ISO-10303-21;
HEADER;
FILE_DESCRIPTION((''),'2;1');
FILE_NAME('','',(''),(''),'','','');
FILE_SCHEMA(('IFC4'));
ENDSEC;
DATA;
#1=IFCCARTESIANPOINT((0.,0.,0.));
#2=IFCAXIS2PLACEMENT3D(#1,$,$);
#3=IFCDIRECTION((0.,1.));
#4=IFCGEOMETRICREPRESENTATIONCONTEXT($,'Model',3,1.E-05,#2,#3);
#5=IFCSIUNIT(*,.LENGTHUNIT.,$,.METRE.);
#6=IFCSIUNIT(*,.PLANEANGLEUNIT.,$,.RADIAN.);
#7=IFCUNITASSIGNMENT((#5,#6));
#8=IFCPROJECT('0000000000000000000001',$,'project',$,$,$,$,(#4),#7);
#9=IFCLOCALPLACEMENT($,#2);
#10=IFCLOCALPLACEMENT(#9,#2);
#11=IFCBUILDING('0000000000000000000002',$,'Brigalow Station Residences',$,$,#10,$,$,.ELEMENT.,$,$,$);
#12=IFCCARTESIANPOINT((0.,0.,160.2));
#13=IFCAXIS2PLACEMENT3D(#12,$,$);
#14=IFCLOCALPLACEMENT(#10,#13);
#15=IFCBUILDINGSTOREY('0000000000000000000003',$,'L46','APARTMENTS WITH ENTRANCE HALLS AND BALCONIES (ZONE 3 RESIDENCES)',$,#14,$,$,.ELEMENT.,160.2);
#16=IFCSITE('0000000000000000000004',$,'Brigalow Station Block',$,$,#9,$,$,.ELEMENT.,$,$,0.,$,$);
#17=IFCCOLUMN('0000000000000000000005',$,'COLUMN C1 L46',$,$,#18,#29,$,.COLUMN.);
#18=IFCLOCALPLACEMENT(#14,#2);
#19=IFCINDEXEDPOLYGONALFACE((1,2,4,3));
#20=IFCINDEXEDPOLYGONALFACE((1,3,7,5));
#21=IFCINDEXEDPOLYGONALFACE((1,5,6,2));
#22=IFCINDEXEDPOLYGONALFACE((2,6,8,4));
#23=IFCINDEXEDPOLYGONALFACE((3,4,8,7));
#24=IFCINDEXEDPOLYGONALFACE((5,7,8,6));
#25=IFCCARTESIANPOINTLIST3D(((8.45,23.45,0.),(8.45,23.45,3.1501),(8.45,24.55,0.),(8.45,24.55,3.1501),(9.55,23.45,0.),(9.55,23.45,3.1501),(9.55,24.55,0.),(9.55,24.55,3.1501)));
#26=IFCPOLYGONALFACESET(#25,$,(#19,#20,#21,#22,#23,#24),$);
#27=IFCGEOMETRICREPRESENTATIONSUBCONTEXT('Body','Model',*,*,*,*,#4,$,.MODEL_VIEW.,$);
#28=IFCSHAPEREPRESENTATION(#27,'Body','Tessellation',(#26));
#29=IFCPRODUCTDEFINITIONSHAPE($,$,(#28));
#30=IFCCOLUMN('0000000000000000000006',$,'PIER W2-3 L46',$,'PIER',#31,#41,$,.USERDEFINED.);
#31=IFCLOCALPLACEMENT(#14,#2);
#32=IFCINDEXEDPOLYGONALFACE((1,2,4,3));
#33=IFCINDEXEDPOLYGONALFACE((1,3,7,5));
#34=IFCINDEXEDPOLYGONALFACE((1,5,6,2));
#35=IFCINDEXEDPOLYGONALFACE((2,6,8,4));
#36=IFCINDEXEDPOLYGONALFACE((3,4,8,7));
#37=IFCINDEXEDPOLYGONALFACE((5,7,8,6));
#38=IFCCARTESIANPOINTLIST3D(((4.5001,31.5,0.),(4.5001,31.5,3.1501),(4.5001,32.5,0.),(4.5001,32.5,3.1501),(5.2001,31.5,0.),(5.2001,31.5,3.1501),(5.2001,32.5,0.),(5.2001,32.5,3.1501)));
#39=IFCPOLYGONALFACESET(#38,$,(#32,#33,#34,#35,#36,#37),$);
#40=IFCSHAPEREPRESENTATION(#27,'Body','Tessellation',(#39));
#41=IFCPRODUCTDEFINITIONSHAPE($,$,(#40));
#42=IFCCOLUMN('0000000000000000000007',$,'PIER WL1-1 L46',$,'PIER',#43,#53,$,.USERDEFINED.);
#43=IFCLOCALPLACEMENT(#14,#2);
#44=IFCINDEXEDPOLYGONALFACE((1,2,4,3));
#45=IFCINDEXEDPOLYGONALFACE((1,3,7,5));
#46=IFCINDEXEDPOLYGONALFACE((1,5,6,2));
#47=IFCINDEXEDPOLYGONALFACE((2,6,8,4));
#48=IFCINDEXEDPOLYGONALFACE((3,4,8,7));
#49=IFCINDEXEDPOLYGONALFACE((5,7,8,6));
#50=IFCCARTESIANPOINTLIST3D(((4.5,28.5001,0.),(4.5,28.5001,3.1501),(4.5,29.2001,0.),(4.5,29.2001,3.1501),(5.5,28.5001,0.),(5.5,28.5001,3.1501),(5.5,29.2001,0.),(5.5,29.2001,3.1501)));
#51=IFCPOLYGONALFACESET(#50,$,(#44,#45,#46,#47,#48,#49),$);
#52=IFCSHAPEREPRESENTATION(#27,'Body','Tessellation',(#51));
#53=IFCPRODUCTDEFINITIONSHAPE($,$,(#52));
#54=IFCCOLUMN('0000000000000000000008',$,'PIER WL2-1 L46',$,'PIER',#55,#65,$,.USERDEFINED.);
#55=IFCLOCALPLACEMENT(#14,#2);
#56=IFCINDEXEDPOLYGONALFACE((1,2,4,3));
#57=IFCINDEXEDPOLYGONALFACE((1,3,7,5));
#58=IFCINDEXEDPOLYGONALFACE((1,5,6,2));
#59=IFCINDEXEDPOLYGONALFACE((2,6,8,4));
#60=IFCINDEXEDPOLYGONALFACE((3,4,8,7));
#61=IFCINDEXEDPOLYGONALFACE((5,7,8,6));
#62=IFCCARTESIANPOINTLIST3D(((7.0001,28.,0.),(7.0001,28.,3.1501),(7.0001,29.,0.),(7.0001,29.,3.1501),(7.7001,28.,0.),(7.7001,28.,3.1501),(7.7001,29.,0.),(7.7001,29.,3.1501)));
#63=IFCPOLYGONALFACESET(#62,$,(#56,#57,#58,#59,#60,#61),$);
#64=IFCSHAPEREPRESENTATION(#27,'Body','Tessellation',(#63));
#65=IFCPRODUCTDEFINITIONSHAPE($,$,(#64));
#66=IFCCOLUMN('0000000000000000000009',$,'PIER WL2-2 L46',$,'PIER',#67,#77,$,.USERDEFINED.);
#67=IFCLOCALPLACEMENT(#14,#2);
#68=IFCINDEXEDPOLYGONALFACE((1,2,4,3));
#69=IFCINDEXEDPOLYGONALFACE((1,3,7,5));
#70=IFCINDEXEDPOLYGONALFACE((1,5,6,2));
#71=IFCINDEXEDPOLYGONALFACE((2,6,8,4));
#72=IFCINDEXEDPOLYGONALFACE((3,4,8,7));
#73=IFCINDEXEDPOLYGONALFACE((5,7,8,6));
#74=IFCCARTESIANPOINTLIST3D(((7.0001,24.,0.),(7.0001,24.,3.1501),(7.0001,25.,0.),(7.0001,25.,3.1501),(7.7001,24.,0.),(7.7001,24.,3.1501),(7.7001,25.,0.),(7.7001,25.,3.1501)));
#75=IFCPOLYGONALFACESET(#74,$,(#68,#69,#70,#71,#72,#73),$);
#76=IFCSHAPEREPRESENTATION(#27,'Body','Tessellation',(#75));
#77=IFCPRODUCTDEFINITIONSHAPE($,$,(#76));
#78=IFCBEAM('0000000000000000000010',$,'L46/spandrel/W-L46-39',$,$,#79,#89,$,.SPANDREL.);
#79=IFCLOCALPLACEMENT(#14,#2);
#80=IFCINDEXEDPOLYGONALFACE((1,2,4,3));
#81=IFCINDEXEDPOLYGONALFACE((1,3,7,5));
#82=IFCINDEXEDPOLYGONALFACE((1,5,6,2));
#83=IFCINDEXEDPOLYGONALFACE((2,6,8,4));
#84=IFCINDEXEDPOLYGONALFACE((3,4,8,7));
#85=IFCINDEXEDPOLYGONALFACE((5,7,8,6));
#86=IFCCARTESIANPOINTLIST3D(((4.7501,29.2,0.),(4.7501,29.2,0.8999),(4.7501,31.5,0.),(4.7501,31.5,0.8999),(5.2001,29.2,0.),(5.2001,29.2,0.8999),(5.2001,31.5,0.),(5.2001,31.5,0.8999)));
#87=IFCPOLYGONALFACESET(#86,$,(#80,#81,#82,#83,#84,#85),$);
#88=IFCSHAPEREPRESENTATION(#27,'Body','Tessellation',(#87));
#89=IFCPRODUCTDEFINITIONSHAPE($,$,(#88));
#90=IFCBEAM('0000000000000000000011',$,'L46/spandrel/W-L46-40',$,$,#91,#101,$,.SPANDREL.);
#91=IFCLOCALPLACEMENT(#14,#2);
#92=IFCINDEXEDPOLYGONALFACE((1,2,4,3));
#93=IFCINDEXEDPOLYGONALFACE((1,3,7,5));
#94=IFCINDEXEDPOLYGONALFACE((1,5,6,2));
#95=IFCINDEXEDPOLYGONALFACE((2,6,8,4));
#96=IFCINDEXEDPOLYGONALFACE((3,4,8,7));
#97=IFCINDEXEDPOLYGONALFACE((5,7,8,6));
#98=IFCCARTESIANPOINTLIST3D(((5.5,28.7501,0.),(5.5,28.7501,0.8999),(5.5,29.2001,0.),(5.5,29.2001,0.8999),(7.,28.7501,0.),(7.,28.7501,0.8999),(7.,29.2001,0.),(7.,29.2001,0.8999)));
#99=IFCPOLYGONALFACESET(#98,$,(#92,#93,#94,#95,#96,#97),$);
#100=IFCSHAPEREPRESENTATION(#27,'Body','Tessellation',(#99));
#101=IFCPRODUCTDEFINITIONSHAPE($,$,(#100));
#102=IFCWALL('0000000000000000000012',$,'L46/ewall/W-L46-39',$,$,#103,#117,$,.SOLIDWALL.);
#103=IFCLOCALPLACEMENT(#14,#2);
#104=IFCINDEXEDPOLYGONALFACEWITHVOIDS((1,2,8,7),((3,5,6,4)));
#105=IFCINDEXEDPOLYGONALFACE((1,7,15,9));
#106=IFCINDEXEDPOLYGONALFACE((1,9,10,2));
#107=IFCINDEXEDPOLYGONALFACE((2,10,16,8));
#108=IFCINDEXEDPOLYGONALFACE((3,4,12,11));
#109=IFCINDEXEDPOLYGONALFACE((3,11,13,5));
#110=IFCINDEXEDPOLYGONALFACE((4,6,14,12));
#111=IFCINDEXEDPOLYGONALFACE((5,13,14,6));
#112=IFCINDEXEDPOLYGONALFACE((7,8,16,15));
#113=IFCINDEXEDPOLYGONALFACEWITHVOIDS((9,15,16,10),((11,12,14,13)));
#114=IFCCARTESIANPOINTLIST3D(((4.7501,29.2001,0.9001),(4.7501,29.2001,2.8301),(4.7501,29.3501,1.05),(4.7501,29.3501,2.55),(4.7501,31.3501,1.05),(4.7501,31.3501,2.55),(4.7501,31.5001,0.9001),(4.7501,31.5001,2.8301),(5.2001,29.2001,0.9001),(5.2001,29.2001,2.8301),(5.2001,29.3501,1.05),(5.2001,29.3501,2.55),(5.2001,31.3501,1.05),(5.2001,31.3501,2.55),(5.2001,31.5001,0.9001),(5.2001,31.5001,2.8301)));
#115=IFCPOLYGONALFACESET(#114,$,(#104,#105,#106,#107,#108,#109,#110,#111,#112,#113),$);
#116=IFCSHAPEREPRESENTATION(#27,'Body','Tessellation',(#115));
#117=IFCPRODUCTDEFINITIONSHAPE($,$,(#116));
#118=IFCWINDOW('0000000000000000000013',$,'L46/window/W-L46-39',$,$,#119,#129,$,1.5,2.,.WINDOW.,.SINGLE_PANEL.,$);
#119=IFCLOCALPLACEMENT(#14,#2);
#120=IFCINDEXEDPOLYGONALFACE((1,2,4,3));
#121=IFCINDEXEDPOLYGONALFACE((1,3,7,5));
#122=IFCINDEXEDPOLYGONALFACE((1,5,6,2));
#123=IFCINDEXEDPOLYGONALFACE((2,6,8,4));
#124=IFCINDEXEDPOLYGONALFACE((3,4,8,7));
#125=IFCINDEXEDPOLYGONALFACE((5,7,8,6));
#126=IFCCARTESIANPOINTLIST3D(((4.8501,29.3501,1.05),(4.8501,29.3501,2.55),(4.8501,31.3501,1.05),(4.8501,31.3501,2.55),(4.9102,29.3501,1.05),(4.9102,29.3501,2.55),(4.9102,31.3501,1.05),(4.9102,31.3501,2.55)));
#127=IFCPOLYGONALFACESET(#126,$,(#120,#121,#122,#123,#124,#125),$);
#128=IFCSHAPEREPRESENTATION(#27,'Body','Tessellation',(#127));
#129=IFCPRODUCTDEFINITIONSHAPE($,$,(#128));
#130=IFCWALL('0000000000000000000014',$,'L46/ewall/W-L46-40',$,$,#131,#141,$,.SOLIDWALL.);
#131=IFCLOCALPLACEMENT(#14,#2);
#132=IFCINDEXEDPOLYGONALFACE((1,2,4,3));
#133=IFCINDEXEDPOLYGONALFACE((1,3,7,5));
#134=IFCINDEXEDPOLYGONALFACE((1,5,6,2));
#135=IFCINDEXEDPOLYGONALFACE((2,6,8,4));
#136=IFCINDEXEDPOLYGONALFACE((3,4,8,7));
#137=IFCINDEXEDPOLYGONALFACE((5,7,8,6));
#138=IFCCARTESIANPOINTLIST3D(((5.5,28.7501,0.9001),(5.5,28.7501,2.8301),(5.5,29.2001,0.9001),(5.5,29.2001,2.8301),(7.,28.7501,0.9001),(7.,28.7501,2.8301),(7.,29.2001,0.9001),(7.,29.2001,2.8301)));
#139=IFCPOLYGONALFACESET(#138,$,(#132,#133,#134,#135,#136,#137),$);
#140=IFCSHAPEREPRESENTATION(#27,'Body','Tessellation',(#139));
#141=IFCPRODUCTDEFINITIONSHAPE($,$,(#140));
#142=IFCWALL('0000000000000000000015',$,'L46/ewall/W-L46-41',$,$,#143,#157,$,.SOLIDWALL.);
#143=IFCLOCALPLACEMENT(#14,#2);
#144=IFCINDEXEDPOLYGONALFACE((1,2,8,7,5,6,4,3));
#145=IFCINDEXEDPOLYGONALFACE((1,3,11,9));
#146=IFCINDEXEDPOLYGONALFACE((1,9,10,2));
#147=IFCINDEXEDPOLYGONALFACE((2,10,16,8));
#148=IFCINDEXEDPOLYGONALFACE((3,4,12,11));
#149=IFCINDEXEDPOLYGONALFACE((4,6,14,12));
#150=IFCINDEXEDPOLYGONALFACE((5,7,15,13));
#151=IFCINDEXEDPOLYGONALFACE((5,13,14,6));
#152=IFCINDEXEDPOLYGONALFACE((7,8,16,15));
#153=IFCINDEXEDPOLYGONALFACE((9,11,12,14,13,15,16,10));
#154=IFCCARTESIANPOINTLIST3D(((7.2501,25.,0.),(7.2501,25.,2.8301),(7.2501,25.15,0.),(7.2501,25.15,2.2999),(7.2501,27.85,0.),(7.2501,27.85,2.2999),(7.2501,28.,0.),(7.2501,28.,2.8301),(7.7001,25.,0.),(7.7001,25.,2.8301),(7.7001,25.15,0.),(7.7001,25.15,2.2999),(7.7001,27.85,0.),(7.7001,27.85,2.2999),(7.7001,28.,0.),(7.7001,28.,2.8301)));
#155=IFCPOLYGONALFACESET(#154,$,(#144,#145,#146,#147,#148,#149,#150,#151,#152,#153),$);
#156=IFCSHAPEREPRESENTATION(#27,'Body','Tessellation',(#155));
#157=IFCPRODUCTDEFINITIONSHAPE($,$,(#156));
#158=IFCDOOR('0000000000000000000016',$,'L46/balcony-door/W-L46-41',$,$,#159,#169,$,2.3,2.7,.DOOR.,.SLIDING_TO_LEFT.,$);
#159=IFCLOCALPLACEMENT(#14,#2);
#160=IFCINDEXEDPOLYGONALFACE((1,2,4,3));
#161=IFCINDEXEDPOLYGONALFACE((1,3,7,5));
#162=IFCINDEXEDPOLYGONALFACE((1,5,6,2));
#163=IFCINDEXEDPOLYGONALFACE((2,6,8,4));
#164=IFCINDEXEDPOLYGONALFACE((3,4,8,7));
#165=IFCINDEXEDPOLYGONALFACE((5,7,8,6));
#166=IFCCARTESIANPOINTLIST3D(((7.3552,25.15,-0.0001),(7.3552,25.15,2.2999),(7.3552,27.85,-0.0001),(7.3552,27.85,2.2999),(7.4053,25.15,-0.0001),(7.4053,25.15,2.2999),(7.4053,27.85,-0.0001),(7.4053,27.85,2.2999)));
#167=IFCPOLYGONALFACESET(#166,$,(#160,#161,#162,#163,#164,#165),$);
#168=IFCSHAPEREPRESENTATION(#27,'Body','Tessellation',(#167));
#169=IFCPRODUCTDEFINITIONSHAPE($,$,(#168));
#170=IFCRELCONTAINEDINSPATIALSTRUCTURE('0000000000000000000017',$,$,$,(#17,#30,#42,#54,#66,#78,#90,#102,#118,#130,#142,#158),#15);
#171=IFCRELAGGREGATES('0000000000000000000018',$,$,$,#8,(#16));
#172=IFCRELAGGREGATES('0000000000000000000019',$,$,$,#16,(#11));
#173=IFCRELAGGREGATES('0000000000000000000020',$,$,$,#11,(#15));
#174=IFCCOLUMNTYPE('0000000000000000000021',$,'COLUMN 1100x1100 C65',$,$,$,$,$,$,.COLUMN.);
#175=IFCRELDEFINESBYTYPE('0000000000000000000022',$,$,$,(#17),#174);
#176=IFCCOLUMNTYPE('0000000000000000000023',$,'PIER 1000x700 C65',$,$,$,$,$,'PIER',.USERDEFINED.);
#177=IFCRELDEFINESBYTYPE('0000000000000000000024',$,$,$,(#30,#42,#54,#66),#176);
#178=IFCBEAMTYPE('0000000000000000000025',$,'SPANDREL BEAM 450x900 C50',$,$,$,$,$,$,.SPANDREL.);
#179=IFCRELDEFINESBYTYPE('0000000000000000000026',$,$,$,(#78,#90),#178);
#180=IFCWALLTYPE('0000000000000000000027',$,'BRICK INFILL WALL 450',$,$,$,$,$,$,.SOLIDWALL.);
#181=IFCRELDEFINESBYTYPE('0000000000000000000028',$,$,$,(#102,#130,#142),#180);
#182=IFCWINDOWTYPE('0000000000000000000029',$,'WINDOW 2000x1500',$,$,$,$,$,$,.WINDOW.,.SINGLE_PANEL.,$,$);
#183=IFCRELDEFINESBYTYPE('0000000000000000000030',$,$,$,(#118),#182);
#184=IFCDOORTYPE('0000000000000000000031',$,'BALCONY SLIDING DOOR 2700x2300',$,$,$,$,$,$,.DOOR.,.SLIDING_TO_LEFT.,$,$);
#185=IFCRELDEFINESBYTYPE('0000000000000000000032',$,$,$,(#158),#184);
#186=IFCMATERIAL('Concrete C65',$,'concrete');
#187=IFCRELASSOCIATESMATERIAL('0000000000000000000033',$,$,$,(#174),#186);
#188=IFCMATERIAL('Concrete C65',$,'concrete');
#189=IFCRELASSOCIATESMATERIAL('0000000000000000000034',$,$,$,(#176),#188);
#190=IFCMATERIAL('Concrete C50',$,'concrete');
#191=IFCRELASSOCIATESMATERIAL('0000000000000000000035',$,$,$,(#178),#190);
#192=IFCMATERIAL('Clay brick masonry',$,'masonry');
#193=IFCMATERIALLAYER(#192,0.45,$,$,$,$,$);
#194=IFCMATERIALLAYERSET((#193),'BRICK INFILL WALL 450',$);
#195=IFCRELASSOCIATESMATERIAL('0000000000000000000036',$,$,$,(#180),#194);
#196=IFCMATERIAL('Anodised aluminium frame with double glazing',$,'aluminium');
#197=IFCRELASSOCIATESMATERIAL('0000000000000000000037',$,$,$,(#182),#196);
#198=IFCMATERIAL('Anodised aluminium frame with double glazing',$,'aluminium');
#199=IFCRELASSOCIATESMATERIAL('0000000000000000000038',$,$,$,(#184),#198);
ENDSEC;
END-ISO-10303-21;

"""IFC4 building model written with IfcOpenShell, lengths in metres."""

from ifc_helpers import new_model, si_unit, direction, frame, frame_2d, origin, origin_2d, place, context, subcontext, project, spatial, rectangle, extrude, material, layer, layer_set, material_profile, profile_set, type_object, element, fill, save


model = new_model("IFC4")

# Units and contexts
model_context = context("Model", 3, precision=1e-05, world=origin(), true_north=direction((0.0, 1.0)))
body_context = subcontext(model_context, "Body", "Model", "MODEL_VIEW")
ifc_project = project(units=[si_unit("LENGTHUNIT", "METRE"), si_unit("PLANEANGLEUNIT", "RADIAN")], contexts=[model_context])

# Site, building, storey
site_placement = place(None, origin())
site = spatial("IfcSite", under=ifc_project, at=site_placement, Name="Brigalow Station Block", CompositionType="ELEMENT", RefElevation=0.0)
building_placement = place(site_placement, origin())
building = spatial("IfcBuilding", under=site, at=building_placement, Name="Brigalow Station Residences", CompositionType="ELEMENT")
storey_placement = place(building_placement, frame((0.0, 0.0, 160.2)))
storey = spatial("IfcBuildingStorey", under=building, at=storey_placement, Name="L46", Description="APARTMENTS WITH ENTRANCE HALLS AND BALCONIES (ZONE 3 RESIDENCES)", CompositionType="ELEMENT", Elevation=160.2)

# Columns
ifc_material_1 = material(Name="Concrete C65", Category="concrete")
ifc_material_profile_1 = material_profile(ifc_material_1, rectangle(XDim=1.1001, YDim=1.1001, at=origin_2d()), Name="RC1100x1100")
ifc_profile_set_1 = profile_set([ifc_material_profile_1], Name="Concrete C65")
column_type_1 = type_object("IfcColumnType", Name="COLUMN 1100x1100 C65", PredefinedType="COLUMN", material=ifc_profile_set_1)
column_placement = place(storey_placement, frame((9.0, 24.0, 0.0), z_axis=(0.0, 0.0, 1.0), x_axis=(1.0, 0.0, 0.0)))
element("IfcColumn", 1, at=column_placement, inside=storey, type_object=column_type_1, Name="COLUMN C1 L46", PredefinedType="COLUMN", context=body_context, shape_type="SweptSolid", body=[
    extrude(rectangle(XDim=1.1001, YDim=1.1001, at=origin_2d()), origin(), (0.0, 0.0, 1.0), 3.1501),
])
ifc_material_2 = material(Name="Concrete C65", Category="concrete")
ifc_material_profile_2 = material_profile(ifc_material_2, rectangle(XDim=1.0, YDim=0.7, at=origin_2d()), Name="RC1000x700")
ifc_profile_set_2 = profile_set([ifc_material_profile_2], Name="Concrete C65")
column_type_2 = type_object("IfcColumnType", Name="PIER 1000x700 C65", ElementType="PIER", PredefinedType="USERDEFINED", material=ifc_profile_set_2)
for number, where, z_axis, x_axis, name in (
    (2, (4.8501, 32.0, 0.0), (0.0, 0.0, 1.0), (0.0, -1.0, 0.0), "PIER W2-3 L46"),
    (3, (5.0, 28.8501, 0.0), (0.0, 0.0, 1.0), (1.0, 0.0, 0.0), "PIER WL1-1 L46"),
    (4, (7.3501, 28.5, 0.0), (0.0, 0.0, 1.0), (0.0, -1.0, 0.0), "PIER WL2-1 L46"),
    (5, (7.3501, 24.5, 0.0), (0.0, 0.0, 1.0), (0.0, -1.0, 0.0), "PIER WL2-2 L46"),
):
    element("IfcColumn", number, at=place(storey_placement, frame(where, z_axis=z_axis, x_axis=x_axis)), inside=storey, type_object=column_type_2, Name=name, ObjectType="PIER", PredefinedType="USERDEFINED", context=body_context, shape_type="SweptSolid", body=[
        extrude(rectangle(XDim=1.0, YDim=0.7, at=origin_2d()), origin(), (0.0, 0.0, 1.0), 3.1501),
    ])

# Beams
ifc_material_3 = material(Name="Concrete C50", Category="concrete")
ifc_material_profile_3 = material_profile(ifc_material_3, rectangle(XDim=0.45, YDim=0.8999, at=origin_2d()), Name="RC450x900")
ifc_profile_set_3 = profile_set([ifc_material_profile_3], Name="Concrete C50")
beam_type = type_object("IfcBeamType", Name="SPANDREL BEAM 450x900 C50", PredefinedType="SPANDREL", material=ifc_profile_set_3)
beam_1_placement = place(storey_placement, frame((4.9751, 31.5, 0.45), z_axis=(0.0, -1.0, 0.0), x_axis=(1.0, 0.0, 0.0)))
element("IfcBeam", 6, at=beam_1_placement, inside=storey, type_object=beam_type, Name="L46/spandrel/W-L46-39", PredefinedType="SPANDREL", context=body_context, shape_type="SweptSolid", body=[
    extrude(rectangle(XDim=0.45, YDim=0.8999, at=origin_2d()), origin(), (0.0, 0.0, 1.0), 2.3),
])
beam_2_placement = place(storey_placement, frame((5.5, 28.9751, 0.45), z_axis=(1.0, 0.0, 0.0), x_axis=(0.0, 1.0, 0.0)))
element("IfcBeam", 7, at=beam_2_placement, inside=storey, type_object=beam_type, Name="L46/spandrel/W-L46-40", PredefinedType="SPANDREL", context=body_context, shape_type="SweptSolid", body=[
    extrude(rectangle(XDim=0.45, YDim=0.8999, at=origin_2d()), origin(), (0.0, 0.0, 1.0), 1.5),
])

# Wall, opening, window
ifc_material_4 = material(Name="Clay brick masonry", Category="masonry")
ifc_layer_1 = layer(ifc_material_4, 0.45)
ifc_layer_set_1 = layer_set([ifc_layer_1], Name="BRICK INFILL WALL 450")
wall_type_1 = type_object("IfcWallType", Name="BRICK INFILL WALL 450", PredefinedType="SOLIDWALL", material=ifc_layer_set_1)
wall_1_placement = place(storey_placement, frame((4.9751, 31.5, 0.9001), z_axis=(0.0, 0.0, 1.0), x_axis=(0.0, -1.0, 0.0)))
wall_1 = element("IfcWall", 8, at=wall_1_placement, inside=storey, type_object=wall_type_1, Name="L46/ewall/W-L46-39", PredefinedType="SOLIDWALL", context=body_context, shape_type="SweptSolid", body=[
    extrude(rectangle(XDim=2.3, YDim=0.45, at=frame_2d((1.1499, 0.0))), origin(), (0.0, 0.0, 1.0), 1.9299),
])
opening_1_placement = place(wall_1_placement, frame((0.1499, 0.0, 0.1499)))
opening_1 = element("IfcOpeningElement", 9, at=opening_1_placement, cuts=wall_1, PredefinedType="OPENING", context=body_context, shape_type="SweptSolid", body=[
    extrude(rectangle(XDim=2.0, YDim=1.5, at=frame_2d((1.0, 0.75))), frame((0.0, 0.2349, 0.0), z_axis=(0.0, -1.0, 0.0), x_axis=(1.0, 0.0, 0.0)), (0.0, 0.0, 1.0), 0.47),
])
ifc_material_5 = material(Name="Anodised aluminium frame with double glazing", Category="aluminium")
window_type = type_object("IfcWindowType", Name="WINDOW 2000x1500", PartitioningType="SINGLE_PANEL", PredefinedType="WINDOW", material=ifc_material_5)
window_placement = place(opening_1_placement, origin())
window = element("IfcWindow", 10, at=window_placement, inside=storey, type_object=window_type, Name="L46/window/W-L46-39", OverallHeight=1.5, OverallWidth=2.0, PartitioningType="SINGLE_PANEL", PredefinedType="WINDOW", context=body_context, shape_type="SweptSolid", body=[
    extrude(rectangle(XDim=2.0, YDim=1.5, at=frame_2d((1.0, 0.75))), frame((0.0, -0.0649, 0.0), z_axis=(0.0, -1.0, 0.0), x_axis=(1.0, 0.0, 0.0)), (0.0, 0.0, 1.0), 0.0601),
])
fill(opening_1, window)

# Wall
wall_2_placement = place(storey_placement, frame((5.5, 28.9751, 0.9001), z_axis=(0.0, 0.0, 1.0), x_axis=(1.0, 0.0, 0.0)))
element("IfcWall", 11, at=wall_2_placement, inside=storey, type_object=wall_type_1, Name="L46/ewall/W-L46-40", PredefinedType="SOLIDWALL", context=body_context, shape_type="SweptSolid", body=[
    extrude(rectangle(XDim=1.5, YDim=0.45, at=frame_2d((0.75, 0.0))), origin(), (0.0, 0.0, 1.0), 1.9299),
])

# Wall, opening, door
wall_3_placement = place(storey_placement, frame((7.4751, 28.0, 0.0), z_axis=(0.0, 0.0, 1.0), x_axis=(0.0, -1.0, 0.0)))
wall_3 = element("IfcWall", 12, at=wall_3_placement, inside=storey, type_object=wall_type_1, Name="L46/ewall/W-L46-41", PredefinedType="SOLIDWALL", context=body_context, shape_type="SweptSolid", body=[
    extrude(rectangle(XDim=3.0, YDim=0.45, at=frame_2d((1.5, 0.0))), origin(), (0.0, 0.0, 1.0), 2.8301),
])
opening_2_placement = place(wall_3_placement, frame((0.1499, 0.0, 0.0)))
opening_2 = element("IfcOpeningElement", 13, at=opening_2_placement, cuts=wall_3, PredefinedType="OPENING", context=body_context, shape_type="SweptSolid", body=[
    extrude(rectangle(XDim=2.7, YDim=2.3, at=frame_2d((1.3501, 1.1499))), frame((0.0, 0.2349, 0.0), z_axis=(0.0, -1.0, 0.0), x_axis=(1.0, 0.0, 0.0)), (0.0, 0.0, 1.0), 0.47),
])
ifc_material_6 = material(Name="Anodised aluminium frame with double glazing", Category="aluminium")
door_type_1 = type_object("IfcDoorType", Name="BALCONY SLIDING DOOR 2700x2300", OperationType="SLIDING_TO_LEFT", PredefinedType="DOOR", material=ifc_material_6)
door_1_placement = place(opening_2_placement, origin())
door_1 = element("IfcDoor", 14, at=door_1_placement, inside=storey, type_object=door_type_1, Name="L46/balcony-door/W-L46-41", OperationType="SLIDING_TO_LEFT", OverallHeight=2.3, OverallWidth=2.7, PredefinedType="DOOR", context=body_context, shape_type="SweptSolid", body=[
    extrude(rectangle(XDim=2.7, YDim=2.3, at=frame_2d((1.3501, 1.1499))), frame((0.0, -0.0698, 0.0), z_axis=(0.0, -1.0, 0.0), x_axis=(1.0, 0.0, 0.0)), (0.0, 0.0, 1.0), 0.05),
])
fill(opening_2, door_1)

save(model, "model.ifc")
